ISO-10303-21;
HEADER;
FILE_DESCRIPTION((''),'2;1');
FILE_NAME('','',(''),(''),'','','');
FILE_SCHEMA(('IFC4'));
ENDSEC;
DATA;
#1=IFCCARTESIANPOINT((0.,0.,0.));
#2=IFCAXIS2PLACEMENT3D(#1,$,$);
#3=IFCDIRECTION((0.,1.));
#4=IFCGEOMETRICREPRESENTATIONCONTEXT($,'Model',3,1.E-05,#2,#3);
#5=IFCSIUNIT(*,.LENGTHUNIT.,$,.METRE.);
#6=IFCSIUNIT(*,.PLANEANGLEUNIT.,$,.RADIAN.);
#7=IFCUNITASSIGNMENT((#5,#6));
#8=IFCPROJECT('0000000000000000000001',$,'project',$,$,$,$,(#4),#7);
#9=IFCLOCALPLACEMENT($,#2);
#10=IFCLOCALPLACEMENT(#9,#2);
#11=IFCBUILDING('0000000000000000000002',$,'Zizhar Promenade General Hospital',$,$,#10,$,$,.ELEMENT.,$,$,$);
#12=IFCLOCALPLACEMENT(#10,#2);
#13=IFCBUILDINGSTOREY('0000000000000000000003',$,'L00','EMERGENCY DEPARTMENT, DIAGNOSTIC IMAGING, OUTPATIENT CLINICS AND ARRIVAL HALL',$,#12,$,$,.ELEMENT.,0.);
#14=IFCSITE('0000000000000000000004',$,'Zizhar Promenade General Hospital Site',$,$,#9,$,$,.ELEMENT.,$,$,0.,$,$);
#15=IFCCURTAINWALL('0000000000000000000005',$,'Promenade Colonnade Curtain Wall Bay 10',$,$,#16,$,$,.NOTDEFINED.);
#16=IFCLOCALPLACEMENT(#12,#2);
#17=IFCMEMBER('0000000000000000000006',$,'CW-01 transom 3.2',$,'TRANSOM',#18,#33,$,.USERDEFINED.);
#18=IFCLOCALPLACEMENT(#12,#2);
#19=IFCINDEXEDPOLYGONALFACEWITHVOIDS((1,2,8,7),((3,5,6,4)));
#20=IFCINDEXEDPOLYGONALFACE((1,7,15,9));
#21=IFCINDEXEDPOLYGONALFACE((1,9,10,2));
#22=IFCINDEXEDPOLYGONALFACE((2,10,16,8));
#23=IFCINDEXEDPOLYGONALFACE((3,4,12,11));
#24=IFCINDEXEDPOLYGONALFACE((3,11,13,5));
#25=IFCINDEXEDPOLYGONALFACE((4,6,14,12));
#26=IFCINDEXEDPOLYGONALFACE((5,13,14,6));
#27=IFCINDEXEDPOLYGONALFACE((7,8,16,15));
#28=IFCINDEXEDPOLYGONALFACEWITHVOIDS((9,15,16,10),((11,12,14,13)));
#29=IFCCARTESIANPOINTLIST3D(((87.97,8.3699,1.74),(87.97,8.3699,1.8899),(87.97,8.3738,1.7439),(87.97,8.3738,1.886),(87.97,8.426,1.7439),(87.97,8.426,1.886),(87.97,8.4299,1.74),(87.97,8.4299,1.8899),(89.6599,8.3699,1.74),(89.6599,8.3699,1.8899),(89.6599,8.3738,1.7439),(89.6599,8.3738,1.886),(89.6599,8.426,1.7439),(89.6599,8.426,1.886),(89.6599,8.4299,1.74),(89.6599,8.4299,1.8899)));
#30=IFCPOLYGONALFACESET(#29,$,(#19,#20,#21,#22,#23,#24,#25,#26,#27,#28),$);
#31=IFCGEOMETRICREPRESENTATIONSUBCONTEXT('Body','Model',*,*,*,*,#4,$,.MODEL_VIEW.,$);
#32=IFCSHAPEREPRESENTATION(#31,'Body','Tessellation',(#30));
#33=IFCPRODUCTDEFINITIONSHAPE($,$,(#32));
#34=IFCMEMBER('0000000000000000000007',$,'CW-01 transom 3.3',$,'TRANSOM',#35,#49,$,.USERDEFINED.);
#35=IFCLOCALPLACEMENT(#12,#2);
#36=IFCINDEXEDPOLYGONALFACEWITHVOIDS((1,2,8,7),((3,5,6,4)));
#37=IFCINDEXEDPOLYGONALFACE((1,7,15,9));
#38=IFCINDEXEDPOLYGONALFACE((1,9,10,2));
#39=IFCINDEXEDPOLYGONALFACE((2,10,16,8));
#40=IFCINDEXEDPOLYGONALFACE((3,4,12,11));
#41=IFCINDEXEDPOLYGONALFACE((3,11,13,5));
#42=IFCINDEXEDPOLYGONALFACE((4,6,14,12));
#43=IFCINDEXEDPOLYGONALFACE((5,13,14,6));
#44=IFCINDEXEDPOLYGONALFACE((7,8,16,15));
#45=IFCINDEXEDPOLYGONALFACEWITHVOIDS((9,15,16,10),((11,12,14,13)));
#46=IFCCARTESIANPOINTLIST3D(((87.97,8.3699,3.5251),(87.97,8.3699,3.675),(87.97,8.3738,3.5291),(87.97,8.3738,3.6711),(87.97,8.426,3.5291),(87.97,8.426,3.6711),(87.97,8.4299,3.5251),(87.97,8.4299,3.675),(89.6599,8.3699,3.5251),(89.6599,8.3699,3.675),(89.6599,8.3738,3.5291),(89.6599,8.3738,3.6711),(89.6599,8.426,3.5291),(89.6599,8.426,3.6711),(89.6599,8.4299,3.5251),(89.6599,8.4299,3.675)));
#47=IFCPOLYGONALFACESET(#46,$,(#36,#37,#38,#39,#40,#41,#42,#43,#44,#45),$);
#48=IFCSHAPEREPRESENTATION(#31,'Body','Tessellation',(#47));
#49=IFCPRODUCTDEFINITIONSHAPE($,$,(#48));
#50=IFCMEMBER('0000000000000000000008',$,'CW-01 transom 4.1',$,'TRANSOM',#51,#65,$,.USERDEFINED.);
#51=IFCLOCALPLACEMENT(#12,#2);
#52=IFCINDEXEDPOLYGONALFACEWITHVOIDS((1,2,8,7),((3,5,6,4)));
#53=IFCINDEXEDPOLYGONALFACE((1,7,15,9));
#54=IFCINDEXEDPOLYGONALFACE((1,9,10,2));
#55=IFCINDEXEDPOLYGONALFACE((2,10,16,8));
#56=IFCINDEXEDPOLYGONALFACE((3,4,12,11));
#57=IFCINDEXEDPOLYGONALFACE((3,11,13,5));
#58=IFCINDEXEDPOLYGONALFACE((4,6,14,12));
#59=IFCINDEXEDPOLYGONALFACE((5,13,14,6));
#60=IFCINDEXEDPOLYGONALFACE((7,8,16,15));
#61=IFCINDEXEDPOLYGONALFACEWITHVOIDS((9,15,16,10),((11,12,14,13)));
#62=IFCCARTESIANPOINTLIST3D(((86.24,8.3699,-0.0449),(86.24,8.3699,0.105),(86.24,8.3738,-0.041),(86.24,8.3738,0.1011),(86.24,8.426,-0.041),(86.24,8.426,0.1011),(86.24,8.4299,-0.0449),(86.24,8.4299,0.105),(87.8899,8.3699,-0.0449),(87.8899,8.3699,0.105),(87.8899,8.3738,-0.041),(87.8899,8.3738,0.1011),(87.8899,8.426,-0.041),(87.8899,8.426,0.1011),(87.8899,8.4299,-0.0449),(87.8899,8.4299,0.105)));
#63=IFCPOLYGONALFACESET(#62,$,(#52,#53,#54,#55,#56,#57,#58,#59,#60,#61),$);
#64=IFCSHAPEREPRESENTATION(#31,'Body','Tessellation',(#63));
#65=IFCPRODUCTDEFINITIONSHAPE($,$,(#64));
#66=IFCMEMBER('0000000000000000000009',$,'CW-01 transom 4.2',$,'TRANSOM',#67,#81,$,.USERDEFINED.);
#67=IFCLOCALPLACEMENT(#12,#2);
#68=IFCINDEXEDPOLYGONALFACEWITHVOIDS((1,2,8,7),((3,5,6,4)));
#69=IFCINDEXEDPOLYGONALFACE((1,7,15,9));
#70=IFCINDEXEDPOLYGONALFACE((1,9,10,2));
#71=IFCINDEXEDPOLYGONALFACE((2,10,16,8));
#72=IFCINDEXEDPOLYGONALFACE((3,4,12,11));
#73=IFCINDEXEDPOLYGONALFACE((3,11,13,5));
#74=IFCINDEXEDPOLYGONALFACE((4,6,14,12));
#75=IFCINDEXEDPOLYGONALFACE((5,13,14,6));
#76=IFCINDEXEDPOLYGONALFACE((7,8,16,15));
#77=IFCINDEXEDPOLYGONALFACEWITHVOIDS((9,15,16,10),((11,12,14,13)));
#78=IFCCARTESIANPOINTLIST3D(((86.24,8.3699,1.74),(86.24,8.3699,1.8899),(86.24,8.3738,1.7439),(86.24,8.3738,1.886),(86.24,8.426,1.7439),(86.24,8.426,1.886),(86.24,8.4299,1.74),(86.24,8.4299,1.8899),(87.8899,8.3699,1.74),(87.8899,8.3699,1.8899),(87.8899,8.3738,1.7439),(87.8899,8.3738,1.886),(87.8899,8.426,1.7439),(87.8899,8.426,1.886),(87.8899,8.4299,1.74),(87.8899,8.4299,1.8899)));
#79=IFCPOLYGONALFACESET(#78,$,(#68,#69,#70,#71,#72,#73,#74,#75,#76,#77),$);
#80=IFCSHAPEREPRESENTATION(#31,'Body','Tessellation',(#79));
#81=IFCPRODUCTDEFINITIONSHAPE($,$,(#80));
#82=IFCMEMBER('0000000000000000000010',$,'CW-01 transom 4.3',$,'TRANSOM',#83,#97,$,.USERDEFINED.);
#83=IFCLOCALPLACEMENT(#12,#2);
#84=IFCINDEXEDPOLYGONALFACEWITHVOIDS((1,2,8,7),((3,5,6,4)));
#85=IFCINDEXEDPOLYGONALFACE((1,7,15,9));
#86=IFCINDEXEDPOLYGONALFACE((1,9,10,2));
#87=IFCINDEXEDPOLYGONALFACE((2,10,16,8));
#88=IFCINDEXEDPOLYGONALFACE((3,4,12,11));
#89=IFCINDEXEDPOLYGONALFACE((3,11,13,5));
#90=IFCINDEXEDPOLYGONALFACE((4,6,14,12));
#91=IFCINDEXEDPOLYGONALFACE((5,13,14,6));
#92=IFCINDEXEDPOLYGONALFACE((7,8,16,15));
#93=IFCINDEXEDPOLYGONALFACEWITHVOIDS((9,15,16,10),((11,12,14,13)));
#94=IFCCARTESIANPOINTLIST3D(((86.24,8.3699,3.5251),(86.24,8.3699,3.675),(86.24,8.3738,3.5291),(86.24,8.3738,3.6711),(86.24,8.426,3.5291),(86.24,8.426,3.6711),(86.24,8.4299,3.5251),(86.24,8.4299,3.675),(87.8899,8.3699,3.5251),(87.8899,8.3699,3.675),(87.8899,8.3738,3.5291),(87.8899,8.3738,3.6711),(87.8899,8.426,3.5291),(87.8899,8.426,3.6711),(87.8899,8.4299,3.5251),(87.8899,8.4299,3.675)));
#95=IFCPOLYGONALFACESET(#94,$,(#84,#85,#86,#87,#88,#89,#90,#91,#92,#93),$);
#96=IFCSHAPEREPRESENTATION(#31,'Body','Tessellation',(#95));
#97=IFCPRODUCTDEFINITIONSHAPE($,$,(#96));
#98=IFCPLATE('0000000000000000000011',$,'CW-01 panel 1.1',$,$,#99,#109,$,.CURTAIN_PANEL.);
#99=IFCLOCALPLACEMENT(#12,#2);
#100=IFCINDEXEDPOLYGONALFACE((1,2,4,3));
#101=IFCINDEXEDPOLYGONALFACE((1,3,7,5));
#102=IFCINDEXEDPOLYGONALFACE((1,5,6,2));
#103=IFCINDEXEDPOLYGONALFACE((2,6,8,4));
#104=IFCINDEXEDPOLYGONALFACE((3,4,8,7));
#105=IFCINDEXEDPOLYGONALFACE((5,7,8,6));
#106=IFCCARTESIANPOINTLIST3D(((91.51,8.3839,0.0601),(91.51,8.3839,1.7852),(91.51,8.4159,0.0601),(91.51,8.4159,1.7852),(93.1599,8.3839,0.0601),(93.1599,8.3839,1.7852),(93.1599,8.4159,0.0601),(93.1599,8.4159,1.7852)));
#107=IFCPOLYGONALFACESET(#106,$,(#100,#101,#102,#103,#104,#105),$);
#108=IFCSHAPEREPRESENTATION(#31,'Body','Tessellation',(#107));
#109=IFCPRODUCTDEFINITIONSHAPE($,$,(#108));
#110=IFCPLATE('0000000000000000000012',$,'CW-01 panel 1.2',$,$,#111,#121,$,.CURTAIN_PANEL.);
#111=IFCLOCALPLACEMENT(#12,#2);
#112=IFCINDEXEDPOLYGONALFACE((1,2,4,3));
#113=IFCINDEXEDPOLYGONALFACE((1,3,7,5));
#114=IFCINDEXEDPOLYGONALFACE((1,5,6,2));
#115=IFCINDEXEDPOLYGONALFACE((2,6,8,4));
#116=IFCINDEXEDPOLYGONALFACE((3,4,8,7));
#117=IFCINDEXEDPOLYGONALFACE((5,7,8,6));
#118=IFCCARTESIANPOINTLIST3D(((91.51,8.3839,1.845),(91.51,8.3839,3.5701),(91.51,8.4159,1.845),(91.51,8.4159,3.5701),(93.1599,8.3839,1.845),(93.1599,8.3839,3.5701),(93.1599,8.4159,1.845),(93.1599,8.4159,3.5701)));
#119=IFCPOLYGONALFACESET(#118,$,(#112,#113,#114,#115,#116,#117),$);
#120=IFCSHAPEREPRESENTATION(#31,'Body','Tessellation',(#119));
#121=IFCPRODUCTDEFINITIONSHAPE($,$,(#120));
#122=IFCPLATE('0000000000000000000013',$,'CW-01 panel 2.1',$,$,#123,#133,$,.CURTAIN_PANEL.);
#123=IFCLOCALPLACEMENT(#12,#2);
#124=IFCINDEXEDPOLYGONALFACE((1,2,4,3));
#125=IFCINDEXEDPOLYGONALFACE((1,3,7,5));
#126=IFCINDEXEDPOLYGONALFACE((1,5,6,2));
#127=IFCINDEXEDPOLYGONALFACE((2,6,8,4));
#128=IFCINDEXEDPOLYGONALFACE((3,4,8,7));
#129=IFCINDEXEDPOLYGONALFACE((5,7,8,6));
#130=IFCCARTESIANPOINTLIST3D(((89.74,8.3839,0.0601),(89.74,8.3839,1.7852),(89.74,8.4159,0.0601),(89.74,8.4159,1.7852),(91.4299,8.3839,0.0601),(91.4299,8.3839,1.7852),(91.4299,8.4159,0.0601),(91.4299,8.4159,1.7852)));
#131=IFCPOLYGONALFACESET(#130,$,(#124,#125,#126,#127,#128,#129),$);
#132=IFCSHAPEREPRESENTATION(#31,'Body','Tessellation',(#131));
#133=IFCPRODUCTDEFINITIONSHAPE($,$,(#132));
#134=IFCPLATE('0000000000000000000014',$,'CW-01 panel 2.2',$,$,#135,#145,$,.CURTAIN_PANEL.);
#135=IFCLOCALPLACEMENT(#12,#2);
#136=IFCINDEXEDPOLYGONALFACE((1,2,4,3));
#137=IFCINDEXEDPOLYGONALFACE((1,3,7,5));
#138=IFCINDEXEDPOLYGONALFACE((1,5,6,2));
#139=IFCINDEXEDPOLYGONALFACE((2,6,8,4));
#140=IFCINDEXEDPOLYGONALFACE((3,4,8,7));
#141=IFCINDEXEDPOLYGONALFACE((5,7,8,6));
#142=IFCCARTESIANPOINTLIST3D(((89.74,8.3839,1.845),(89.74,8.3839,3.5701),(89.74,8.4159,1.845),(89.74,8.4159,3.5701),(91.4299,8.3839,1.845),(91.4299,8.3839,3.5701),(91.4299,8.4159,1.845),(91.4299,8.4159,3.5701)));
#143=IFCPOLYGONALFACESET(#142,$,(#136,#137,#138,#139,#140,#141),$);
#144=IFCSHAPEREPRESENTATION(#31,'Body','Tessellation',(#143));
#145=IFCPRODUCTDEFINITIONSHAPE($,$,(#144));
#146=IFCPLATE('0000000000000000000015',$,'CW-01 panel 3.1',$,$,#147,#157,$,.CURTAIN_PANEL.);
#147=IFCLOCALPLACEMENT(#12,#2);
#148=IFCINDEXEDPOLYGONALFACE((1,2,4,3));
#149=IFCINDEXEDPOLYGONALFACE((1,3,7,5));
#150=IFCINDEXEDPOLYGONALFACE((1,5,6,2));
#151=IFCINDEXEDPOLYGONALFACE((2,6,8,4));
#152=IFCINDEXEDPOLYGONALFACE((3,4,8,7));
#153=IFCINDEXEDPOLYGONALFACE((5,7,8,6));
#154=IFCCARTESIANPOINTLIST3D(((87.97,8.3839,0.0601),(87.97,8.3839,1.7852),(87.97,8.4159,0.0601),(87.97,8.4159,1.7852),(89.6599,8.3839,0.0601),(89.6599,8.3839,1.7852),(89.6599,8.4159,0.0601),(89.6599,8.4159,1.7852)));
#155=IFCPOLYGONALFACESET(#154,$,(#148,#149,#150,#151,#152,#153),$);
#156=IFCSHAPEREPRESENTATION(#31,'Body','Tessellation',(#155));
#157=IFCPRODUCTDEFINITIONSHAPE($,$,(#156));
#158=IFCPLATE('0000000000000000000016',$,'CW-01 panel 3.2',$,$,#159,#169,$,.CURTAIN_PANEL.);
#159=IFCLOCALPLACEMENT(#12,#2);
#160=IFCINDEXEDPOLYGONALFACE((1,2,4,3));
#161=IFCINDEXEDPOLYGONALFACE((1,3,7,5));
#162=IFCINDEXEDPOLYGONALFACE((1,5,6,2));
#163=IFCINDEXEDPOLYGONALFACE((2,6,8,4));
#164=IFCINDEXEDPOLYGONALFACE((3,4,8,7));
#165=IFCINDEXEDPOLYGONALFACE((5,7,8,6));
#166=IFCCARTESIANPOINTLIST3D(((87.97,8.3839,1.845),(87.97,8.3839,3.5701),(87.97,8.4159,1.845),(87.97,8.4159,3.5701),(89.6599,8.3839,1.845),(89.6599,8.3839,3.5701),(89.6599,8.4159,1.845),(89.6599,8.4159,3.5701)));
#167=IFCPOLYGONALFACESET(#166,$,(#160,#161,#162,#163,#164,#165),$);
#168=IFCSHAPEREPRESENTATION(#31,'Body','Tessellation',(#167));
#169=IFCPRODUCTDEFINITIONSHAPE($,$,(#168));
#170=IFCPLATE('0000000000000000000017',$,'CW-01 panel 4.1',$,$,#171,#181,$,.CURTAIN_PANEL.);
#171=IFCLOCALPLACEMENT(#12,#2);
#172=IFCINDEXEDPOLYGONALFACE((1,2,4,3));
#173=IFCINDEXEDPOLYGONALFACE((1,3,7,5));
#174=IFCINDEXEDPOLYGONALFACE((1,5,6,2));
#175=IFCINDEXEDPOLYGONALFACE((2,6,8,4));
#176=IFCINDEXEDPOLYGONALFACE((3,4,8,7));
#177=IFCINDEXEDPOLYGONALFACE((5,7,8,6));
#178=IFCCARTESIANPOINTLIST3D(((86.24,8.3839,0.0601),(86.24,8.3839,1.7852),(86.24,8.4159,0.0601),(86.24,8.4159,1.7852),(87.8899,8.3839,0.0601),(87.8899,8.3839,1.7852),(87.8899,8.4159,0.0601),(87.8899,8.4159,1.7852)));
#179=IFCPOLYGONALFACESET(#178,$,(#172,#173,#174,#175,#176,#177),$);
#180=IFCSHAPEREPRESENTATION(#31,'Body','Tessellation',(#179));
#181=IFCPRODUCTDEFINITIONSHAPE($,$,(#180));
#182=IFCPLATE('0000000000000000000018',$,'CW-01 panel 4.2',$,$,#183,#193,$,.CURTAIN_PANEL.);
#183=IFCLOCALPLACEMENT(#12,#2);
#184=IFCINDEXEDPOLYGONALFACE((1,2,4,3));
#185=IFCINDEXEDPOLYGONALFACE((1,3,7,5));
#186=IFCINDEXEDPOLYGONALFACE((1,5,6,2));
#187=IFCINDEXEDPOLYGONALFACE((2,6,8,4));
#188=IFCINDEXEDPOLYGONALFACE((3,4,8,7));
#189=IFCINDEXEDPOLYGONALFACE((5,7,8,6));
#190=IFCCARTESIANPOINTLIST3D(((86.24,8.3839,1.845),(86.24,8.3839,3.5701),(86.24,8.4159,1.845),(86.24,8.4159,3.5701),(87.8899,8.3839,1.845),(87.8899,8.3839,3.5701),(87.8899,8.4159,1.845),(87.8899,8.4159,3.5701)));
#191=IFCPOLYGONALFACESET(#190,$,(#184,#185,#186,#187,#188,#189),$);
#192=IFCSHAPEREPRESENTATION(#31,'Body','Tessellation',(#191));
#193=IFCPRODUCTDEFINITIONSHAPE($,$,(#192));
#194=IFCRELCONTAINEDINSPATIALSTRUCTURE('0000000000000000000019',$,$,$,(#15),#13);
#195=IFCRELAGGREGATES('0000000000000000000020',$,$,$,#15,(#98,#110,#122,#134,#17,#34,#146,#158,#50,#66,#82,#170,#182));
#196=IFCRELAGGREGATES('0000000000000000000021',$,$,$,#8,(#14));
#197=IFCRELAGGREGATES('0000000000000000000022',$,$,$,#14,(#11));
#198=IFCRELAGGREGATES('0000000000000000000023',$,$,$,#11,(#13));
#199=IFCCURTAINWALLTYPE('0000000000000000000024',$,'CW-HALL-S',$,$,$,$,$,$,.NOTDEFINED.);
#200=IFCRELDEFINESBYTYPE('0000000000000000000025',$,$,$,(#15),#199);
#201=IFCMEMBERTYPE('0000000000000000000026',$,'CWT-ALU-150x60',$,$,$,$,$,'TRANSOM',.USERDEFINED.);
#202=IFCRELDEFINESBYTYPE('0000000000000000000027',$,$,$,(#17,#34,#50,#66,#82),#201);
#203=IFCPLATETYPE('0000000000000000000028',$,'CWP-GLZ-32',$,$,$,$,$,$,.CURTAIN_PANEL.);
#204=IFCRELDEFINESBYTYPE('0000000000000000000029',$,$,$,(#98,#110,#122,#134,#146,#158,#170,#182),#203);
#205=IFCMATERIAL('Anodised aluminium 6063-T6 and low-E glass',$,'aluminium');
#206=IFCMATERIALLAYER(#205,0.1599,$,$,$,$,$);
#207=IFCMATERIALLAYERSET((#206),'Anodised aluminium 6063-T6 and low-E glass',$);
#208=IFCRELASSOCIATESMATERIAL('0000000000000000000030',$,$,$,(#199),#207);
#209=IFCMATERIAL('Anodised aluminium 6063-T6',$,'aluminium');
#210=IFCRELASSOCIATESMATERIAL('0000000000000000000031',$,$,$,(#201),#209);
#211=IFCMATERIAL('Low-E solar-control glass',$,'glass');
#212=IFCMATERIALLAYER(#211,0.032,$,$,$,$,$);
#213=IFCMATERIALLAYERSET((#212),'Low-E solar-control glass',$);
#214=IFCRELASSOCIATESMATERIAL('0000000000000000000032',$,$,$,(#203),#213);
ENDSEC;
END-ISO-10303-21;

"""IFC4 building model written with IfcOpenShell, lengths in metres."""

from ifc_helpers import new_model, si_unit, direction, frame, origin, origin_2d, place, context, subcontext, project, spatial, rectangle, hollow_rectangle, extrude, material, layer, layer_set, material_profile, profile_set, type_object, element, aggregate, save


model = new_model("IFC4")

# Units and contexts
model_context = context("Model", 3, precision=1e-05, world=origin(), true_north=direction((0.0, 1.0)))
body_context = subcontext(model_context, "Body", "Model", "MODEL_VIEW")
ifc_project = project(units=[si_unit("LENGTHUNIT", "METRE"), si_unit("PLANEANGLEUNIT", "RADIAN")], contexts=[model_context])

# Site, building, storey
site_placement = place(None, origin())
site = spatial("IfcSite", under=ifc_project, at=site_placement, Name="Zizhar Promenade General Hospital Site", CompositionType="ELEMENT", RefElevation=0.0)
building_placement = place(site_placement, origin())
building = spatial("IfcBuilding", under=site, at=building_placement, Name="Zizhar Promenade General Hospital", CompositionType="ELEMENT")
storey_placement = place(building_placement, origin())
storey = spatial("IfcBuildingStorey", under=building, at=storey_placement, Name="L00", Description="EMERGENCY DEPARTMENT, DIAGNOSTIC IMAGING, OUTPATIENT CLINICS AND ARRIVAL HALL", CompositionType="ELEMENT", Elevation=0.0)

# Curtain wall, members, plates
ifc_material_1 = material(Name="Anodised aluminium 6063-T6 and low-E glass", Category="aluminium")
ifc_layer_1 = layer(ifc_material_1, 0.1599)
ifc_layer_set_1 = layer_set([ifc_layer_1], Name="Anodised aluminium 6063-T6 and low-E glass")
curtain_wall_type = type_object("IfcCurtainWallType", Name="CW-HALL-S", PredefinedType="NOTDEFINED", material=ifc_layer_set_1)
curtain_wall_placement = place(storey_placement, origin())
curtain_wall = element("IfcCurtainWall", 1, at=curtain_wall_placement, inside=storey, type_object=curtain_wall_type, Name="Promenade Colonnade Curtain Wall Bay 10", PredefinedType="NOTDEFINED")
ifc_material_2 = material(Name="Anodised aluminium 6063-T6", Category="aluminium")
ifc_material_profile_1 = material_profile(ifc_material_2, hollow_rectangle(XDim=0.0601, YDim=0.1499, WallThickness=0.0039, at=origin_2d()))
ifc_profile_set_1 = profile_set([ifc_material_profile_1], Name="Anodised aluminium 6063-T6")
member_type_1 = type_object("IfcMemberType", Name="CWT-ALU-150x60", ElementType="TRANSOM", PredefinedType="USERDEFINED", material=ifc_profile_set_1)
member_1_placement = place(storey_placement, frame((89.6599, 8.3999, 1.8149), z_axis=(-1.0, 0.0, 0.0), x_axis=(0.0, -1.0, 0.0)))
member_1 = element("IfcMember", 2, at=member_1_placement, type_object=member_type_1, Name="CW-01 transom 3.2", ObjectType="TRANSOM", PredefinedType="USERDEFINED", context=body_context, shape_type="SweptSolid", body=[
    extrude(hollow_rectangle(XDim=0.0601, YDim=0.1499, WallThickness=0.0039, at=origin_2d()), origin(), (0.0, 0.0, 1.0), 1.6899),
])
member_2_placement = place(storey_placement, frame((89.6599, 8.3999, 3.6001), z_axis=(-1.0, 0.0, 0.0), x_axis=(0.0, -1.0, 0.0)))
member_2 = element("IfcMember", 3, at=member_2_placement, type_object=member_type_1, Name="CW-01 transom 3.3", ObjectType="TRANSOM", PredefinedType="USERDEFINED", context=body_context, shape_type="SweptSolid", body=[
    extrude(hollow_rectangle(XDim=0.0601, YDim=0.1499, WallThickness=0.0039, at=origin_2d()), origin(), (0.0, 0.0, 1.0), 1.6899),
])
member_3_placement = place(storey_placement, frame((87.8899, 8.3999, 0.03), z_axis=(-1.0, 0.0, 0.0), x_axis=(0.0, -1.0, 0.0)))
member_3 = element("IfcMember", 4, at=member_3_placement, type_object=member_type_1, Name="CW-01 transom 4.1", ObjectType="TRANSOM", PredefinedType="USERDEFINED", context=body_context, shape_type="SweptSolid", body=[
    extrude(hollow_rectangle(XDim=0.0601, YDim=0.1499, WallThickness=0.0039, at=origin_2d()), origin(), (0.0, 0.0, 1.0), 1.6499),
])
member_4_placement = place(storey_placement, frame((87.8899, 8.3999, 1.8149), z_axis=(-1.0, 0.0, 0.0), x_axis=(0.0, -1.0, 0.0)))
member_4 = element("IfcMember", 5, at=member_4_placement, type_object=member_type_1, Name="CW-01 transom 4.2", ObjectType="TRANSOM", PredefinedType="USERDEFINED", context=body_context, shape_type="SweptSolid", body=[
    extrude(hollow_rectangle(XDim=0.0601, YDim=0.1499, WallThickness=0.0039, at=origin_2d()), origin(), (0.0, 0.0, 1.0), 1.6499),
])
member_5_placement = place(storey_placement, frame((87.8899, 8.3999, 3.6001), z_axis=(-1.0, 0.0, 0.0), x_axis=(0.0, -1.0, 0.0)))
member_5 = element("IfcMember", 6, at=member_5_placement, type_object=member_type_1, Name="CW-01 transom 4.3", ObjectType="TRANSOM", PredefinedType="USERDEFINED", context=body_context, shape_type="SweptSolid", body=[
    extrude(hollow_rectangle(XDim=0.0601, YDim=0.1499, WallThickness=0.0039, at=origin_2d()), origin(), (0.0, 0.0, 1.0), 1.6499),
])
ifc_material_3 = material(Name="Low-E solar-control glass", Category="glass")
ifc_layer_2 = layer(ifc_material_3, 0.032)
ifc_layer_set_2 = layer_set([ifc_layer_2], Name="Low-E solar-control glass")
plate_type = type_object("IfcPlateType", Name="CWP-GLZ-32", PredefinedType="CURTAIN_PANEL", material=ifc_layer_set_2)
plate_1_placement = place(storey_placement, frame((92.335, 8.3999, 0.0601), z_axis=(0.0, 0.0, 1.0), x_axis=(-1.0, 0.0, 0.0)))
plate_1 = element("IfcPlate", 7, at=plate_1_placement, type_object=plate_type, Name="CW-01 panel 1.1", PredefinedType="CURTAIN_PANEL", context=body_context, shape_type="SweptSolid", body=[
    extrude(rectangle(XDim=1.6499, YDim=0.032, at=origin_2d()), origin(), (0.0, 0.0, 1.0), 1.7251),
])
plate_2_placement = place(storey_placement, frame((92.335, 8.3999, 1.845), z_axis=(0.0, 0.0, 1.0), x_axis=(-1.0, 0.0, 0.0)))
plate_2 = element("IfcPlate", 8, at=plate_2_placement, type_object=plate_type, Name="CW-01 panel 1.2", PredefinedType="CURTAIN_PANEL", context=body_context, shape_type="SweptSolid", body=[
    extrude(rectangle(XDim=1.6499, YDim=0.032, at=origin_2d()), origin(), (0.0, 0.0, 1.0), 1.7251),
])
plate_3_placement = place(storey_placement, frame((90.585, 8.3999, 0.0601), z_axis=(0.0, 0.0, 1.0), x_axis=(-1.0, 0.0, 0.0)))
plate_3 = element("IfcPlate", 9, at=plate_3_placement, type_object=plate_type, Name="CW-01 panel 2.1", PredefinedType="CURTAIN_PANEL", context=body_context, shape_type="SweptSolid", body=[
    extrude(rectangle(XDim=1.6899, YDim=0.032, at=origin_2d()), origin(), (0.0, 0.0, 1.0), 1.7251),
])
plate_4_placement = place(storey_placement, frame((90.585, 8.3999, 1.845), z_axis=(0.0, 0.0, 1.0), x_axis=(-1.0, 0.0, 0.0)))
plate_4 = element("IfcPlate", 10, at=plate_4_placement, type_object=plate_type, Name="CW-01 panel 2.2", PredefinedType="CURTAIN_PANEL", context=body_context, shape_type="SweptSolid", body=[
    extrude(rectangle(XDim=1.6899, YDim=0.032, at=origin_2d()), origin(), (0.0, 0.0, 1.0), 1.7251),
])
plate_5_placement = place(storey_placement, frame((88.8149, 8.3999, 0.0601), z_axis=(0.0, 0.0, 1.0), x_axis=(-1.0, 0.0, 0.0)))
plate_5 = element("IfcPlate", 11, at=plate_5_placement, type_object=plate_type, Name="CW-01 panel 3.1", PredefinedType="CURTAIN_PANEL", context=body_context, shape_type="SweptSolid", body=[
    extrude(rectangle(XDim=1.6899, YDim=0.032, at=origin_2d()), origin(), (0.0, 0.0, 1.0), 1.7251),
])
plate_6_placement = place(storey_placement, frame((88.8149, 8.3999, 1.845), z_axis=(0.0, 0.0, 1.0), x_axis=(-1.0, 0.0, 0.0)))
plate_6 = element("IfcPlate", 12, at=plate_6_placement, type_object=plate_type, Name="CW-01 panel 3.2", PredefinedType="CURTAIN_PANEL", context=body_context, shape_type="SweptSolid", body=[
    extrude(rectangle(XDim=1.6899, YDim=0.032, at=origin_2d()), origin(), (0.0, 0.0, 1.0), 1.7251),
])
plate_7_placement = place(storey_placement, frame((87.0649, 8.3999, 0.0601), z_axis=(0.0, 0.0, 1.0), x_axis=(-1.0, 0.0, 0.0)))
plate_7 = element("IfcPlate", 13, at=plate_7_placement, type_object=plate_type, Name="CW-01 panel 4.1", PredefinedType="CURTAIN_PANEL", context=body_context, shape_type="SweptSolid", body=[
    extrude(rectangle(XDim=1.6499, YDim=0.032, at=origin_2d()), origin(), (0.0, 0.0, 1.0), 1.7251),
])
plate_8_placement = place(storey_placement, frame((87.0649, 8.3999, 1.845), z_axis=(0.0, 0.0, 1.0), x_axis=(-1.0, 0.0, 0.0)))
plate_8 = element("IfcPlate", 14, at=plate_8_placement, type_object=plate_type, Name="CW-01 panel 4.2", PredefinedType="CURTAIN_PANEL", context=body_context, shape_type="SweptSolid", body=[
    extrude(rectangle(XDim=1.6499, YDim=0.032, at=origin_2d()), origin(), (0.0, 0.0, 1.0), 1.7251),
])
aggregate(curtain_wall, [plate_1, plate_2, plate_3, plate_4, member_1, member_2, plate_5, plate_6, member_3, member_4, member_5, plate_7, plate_8])

save(model, "model.ifc")
